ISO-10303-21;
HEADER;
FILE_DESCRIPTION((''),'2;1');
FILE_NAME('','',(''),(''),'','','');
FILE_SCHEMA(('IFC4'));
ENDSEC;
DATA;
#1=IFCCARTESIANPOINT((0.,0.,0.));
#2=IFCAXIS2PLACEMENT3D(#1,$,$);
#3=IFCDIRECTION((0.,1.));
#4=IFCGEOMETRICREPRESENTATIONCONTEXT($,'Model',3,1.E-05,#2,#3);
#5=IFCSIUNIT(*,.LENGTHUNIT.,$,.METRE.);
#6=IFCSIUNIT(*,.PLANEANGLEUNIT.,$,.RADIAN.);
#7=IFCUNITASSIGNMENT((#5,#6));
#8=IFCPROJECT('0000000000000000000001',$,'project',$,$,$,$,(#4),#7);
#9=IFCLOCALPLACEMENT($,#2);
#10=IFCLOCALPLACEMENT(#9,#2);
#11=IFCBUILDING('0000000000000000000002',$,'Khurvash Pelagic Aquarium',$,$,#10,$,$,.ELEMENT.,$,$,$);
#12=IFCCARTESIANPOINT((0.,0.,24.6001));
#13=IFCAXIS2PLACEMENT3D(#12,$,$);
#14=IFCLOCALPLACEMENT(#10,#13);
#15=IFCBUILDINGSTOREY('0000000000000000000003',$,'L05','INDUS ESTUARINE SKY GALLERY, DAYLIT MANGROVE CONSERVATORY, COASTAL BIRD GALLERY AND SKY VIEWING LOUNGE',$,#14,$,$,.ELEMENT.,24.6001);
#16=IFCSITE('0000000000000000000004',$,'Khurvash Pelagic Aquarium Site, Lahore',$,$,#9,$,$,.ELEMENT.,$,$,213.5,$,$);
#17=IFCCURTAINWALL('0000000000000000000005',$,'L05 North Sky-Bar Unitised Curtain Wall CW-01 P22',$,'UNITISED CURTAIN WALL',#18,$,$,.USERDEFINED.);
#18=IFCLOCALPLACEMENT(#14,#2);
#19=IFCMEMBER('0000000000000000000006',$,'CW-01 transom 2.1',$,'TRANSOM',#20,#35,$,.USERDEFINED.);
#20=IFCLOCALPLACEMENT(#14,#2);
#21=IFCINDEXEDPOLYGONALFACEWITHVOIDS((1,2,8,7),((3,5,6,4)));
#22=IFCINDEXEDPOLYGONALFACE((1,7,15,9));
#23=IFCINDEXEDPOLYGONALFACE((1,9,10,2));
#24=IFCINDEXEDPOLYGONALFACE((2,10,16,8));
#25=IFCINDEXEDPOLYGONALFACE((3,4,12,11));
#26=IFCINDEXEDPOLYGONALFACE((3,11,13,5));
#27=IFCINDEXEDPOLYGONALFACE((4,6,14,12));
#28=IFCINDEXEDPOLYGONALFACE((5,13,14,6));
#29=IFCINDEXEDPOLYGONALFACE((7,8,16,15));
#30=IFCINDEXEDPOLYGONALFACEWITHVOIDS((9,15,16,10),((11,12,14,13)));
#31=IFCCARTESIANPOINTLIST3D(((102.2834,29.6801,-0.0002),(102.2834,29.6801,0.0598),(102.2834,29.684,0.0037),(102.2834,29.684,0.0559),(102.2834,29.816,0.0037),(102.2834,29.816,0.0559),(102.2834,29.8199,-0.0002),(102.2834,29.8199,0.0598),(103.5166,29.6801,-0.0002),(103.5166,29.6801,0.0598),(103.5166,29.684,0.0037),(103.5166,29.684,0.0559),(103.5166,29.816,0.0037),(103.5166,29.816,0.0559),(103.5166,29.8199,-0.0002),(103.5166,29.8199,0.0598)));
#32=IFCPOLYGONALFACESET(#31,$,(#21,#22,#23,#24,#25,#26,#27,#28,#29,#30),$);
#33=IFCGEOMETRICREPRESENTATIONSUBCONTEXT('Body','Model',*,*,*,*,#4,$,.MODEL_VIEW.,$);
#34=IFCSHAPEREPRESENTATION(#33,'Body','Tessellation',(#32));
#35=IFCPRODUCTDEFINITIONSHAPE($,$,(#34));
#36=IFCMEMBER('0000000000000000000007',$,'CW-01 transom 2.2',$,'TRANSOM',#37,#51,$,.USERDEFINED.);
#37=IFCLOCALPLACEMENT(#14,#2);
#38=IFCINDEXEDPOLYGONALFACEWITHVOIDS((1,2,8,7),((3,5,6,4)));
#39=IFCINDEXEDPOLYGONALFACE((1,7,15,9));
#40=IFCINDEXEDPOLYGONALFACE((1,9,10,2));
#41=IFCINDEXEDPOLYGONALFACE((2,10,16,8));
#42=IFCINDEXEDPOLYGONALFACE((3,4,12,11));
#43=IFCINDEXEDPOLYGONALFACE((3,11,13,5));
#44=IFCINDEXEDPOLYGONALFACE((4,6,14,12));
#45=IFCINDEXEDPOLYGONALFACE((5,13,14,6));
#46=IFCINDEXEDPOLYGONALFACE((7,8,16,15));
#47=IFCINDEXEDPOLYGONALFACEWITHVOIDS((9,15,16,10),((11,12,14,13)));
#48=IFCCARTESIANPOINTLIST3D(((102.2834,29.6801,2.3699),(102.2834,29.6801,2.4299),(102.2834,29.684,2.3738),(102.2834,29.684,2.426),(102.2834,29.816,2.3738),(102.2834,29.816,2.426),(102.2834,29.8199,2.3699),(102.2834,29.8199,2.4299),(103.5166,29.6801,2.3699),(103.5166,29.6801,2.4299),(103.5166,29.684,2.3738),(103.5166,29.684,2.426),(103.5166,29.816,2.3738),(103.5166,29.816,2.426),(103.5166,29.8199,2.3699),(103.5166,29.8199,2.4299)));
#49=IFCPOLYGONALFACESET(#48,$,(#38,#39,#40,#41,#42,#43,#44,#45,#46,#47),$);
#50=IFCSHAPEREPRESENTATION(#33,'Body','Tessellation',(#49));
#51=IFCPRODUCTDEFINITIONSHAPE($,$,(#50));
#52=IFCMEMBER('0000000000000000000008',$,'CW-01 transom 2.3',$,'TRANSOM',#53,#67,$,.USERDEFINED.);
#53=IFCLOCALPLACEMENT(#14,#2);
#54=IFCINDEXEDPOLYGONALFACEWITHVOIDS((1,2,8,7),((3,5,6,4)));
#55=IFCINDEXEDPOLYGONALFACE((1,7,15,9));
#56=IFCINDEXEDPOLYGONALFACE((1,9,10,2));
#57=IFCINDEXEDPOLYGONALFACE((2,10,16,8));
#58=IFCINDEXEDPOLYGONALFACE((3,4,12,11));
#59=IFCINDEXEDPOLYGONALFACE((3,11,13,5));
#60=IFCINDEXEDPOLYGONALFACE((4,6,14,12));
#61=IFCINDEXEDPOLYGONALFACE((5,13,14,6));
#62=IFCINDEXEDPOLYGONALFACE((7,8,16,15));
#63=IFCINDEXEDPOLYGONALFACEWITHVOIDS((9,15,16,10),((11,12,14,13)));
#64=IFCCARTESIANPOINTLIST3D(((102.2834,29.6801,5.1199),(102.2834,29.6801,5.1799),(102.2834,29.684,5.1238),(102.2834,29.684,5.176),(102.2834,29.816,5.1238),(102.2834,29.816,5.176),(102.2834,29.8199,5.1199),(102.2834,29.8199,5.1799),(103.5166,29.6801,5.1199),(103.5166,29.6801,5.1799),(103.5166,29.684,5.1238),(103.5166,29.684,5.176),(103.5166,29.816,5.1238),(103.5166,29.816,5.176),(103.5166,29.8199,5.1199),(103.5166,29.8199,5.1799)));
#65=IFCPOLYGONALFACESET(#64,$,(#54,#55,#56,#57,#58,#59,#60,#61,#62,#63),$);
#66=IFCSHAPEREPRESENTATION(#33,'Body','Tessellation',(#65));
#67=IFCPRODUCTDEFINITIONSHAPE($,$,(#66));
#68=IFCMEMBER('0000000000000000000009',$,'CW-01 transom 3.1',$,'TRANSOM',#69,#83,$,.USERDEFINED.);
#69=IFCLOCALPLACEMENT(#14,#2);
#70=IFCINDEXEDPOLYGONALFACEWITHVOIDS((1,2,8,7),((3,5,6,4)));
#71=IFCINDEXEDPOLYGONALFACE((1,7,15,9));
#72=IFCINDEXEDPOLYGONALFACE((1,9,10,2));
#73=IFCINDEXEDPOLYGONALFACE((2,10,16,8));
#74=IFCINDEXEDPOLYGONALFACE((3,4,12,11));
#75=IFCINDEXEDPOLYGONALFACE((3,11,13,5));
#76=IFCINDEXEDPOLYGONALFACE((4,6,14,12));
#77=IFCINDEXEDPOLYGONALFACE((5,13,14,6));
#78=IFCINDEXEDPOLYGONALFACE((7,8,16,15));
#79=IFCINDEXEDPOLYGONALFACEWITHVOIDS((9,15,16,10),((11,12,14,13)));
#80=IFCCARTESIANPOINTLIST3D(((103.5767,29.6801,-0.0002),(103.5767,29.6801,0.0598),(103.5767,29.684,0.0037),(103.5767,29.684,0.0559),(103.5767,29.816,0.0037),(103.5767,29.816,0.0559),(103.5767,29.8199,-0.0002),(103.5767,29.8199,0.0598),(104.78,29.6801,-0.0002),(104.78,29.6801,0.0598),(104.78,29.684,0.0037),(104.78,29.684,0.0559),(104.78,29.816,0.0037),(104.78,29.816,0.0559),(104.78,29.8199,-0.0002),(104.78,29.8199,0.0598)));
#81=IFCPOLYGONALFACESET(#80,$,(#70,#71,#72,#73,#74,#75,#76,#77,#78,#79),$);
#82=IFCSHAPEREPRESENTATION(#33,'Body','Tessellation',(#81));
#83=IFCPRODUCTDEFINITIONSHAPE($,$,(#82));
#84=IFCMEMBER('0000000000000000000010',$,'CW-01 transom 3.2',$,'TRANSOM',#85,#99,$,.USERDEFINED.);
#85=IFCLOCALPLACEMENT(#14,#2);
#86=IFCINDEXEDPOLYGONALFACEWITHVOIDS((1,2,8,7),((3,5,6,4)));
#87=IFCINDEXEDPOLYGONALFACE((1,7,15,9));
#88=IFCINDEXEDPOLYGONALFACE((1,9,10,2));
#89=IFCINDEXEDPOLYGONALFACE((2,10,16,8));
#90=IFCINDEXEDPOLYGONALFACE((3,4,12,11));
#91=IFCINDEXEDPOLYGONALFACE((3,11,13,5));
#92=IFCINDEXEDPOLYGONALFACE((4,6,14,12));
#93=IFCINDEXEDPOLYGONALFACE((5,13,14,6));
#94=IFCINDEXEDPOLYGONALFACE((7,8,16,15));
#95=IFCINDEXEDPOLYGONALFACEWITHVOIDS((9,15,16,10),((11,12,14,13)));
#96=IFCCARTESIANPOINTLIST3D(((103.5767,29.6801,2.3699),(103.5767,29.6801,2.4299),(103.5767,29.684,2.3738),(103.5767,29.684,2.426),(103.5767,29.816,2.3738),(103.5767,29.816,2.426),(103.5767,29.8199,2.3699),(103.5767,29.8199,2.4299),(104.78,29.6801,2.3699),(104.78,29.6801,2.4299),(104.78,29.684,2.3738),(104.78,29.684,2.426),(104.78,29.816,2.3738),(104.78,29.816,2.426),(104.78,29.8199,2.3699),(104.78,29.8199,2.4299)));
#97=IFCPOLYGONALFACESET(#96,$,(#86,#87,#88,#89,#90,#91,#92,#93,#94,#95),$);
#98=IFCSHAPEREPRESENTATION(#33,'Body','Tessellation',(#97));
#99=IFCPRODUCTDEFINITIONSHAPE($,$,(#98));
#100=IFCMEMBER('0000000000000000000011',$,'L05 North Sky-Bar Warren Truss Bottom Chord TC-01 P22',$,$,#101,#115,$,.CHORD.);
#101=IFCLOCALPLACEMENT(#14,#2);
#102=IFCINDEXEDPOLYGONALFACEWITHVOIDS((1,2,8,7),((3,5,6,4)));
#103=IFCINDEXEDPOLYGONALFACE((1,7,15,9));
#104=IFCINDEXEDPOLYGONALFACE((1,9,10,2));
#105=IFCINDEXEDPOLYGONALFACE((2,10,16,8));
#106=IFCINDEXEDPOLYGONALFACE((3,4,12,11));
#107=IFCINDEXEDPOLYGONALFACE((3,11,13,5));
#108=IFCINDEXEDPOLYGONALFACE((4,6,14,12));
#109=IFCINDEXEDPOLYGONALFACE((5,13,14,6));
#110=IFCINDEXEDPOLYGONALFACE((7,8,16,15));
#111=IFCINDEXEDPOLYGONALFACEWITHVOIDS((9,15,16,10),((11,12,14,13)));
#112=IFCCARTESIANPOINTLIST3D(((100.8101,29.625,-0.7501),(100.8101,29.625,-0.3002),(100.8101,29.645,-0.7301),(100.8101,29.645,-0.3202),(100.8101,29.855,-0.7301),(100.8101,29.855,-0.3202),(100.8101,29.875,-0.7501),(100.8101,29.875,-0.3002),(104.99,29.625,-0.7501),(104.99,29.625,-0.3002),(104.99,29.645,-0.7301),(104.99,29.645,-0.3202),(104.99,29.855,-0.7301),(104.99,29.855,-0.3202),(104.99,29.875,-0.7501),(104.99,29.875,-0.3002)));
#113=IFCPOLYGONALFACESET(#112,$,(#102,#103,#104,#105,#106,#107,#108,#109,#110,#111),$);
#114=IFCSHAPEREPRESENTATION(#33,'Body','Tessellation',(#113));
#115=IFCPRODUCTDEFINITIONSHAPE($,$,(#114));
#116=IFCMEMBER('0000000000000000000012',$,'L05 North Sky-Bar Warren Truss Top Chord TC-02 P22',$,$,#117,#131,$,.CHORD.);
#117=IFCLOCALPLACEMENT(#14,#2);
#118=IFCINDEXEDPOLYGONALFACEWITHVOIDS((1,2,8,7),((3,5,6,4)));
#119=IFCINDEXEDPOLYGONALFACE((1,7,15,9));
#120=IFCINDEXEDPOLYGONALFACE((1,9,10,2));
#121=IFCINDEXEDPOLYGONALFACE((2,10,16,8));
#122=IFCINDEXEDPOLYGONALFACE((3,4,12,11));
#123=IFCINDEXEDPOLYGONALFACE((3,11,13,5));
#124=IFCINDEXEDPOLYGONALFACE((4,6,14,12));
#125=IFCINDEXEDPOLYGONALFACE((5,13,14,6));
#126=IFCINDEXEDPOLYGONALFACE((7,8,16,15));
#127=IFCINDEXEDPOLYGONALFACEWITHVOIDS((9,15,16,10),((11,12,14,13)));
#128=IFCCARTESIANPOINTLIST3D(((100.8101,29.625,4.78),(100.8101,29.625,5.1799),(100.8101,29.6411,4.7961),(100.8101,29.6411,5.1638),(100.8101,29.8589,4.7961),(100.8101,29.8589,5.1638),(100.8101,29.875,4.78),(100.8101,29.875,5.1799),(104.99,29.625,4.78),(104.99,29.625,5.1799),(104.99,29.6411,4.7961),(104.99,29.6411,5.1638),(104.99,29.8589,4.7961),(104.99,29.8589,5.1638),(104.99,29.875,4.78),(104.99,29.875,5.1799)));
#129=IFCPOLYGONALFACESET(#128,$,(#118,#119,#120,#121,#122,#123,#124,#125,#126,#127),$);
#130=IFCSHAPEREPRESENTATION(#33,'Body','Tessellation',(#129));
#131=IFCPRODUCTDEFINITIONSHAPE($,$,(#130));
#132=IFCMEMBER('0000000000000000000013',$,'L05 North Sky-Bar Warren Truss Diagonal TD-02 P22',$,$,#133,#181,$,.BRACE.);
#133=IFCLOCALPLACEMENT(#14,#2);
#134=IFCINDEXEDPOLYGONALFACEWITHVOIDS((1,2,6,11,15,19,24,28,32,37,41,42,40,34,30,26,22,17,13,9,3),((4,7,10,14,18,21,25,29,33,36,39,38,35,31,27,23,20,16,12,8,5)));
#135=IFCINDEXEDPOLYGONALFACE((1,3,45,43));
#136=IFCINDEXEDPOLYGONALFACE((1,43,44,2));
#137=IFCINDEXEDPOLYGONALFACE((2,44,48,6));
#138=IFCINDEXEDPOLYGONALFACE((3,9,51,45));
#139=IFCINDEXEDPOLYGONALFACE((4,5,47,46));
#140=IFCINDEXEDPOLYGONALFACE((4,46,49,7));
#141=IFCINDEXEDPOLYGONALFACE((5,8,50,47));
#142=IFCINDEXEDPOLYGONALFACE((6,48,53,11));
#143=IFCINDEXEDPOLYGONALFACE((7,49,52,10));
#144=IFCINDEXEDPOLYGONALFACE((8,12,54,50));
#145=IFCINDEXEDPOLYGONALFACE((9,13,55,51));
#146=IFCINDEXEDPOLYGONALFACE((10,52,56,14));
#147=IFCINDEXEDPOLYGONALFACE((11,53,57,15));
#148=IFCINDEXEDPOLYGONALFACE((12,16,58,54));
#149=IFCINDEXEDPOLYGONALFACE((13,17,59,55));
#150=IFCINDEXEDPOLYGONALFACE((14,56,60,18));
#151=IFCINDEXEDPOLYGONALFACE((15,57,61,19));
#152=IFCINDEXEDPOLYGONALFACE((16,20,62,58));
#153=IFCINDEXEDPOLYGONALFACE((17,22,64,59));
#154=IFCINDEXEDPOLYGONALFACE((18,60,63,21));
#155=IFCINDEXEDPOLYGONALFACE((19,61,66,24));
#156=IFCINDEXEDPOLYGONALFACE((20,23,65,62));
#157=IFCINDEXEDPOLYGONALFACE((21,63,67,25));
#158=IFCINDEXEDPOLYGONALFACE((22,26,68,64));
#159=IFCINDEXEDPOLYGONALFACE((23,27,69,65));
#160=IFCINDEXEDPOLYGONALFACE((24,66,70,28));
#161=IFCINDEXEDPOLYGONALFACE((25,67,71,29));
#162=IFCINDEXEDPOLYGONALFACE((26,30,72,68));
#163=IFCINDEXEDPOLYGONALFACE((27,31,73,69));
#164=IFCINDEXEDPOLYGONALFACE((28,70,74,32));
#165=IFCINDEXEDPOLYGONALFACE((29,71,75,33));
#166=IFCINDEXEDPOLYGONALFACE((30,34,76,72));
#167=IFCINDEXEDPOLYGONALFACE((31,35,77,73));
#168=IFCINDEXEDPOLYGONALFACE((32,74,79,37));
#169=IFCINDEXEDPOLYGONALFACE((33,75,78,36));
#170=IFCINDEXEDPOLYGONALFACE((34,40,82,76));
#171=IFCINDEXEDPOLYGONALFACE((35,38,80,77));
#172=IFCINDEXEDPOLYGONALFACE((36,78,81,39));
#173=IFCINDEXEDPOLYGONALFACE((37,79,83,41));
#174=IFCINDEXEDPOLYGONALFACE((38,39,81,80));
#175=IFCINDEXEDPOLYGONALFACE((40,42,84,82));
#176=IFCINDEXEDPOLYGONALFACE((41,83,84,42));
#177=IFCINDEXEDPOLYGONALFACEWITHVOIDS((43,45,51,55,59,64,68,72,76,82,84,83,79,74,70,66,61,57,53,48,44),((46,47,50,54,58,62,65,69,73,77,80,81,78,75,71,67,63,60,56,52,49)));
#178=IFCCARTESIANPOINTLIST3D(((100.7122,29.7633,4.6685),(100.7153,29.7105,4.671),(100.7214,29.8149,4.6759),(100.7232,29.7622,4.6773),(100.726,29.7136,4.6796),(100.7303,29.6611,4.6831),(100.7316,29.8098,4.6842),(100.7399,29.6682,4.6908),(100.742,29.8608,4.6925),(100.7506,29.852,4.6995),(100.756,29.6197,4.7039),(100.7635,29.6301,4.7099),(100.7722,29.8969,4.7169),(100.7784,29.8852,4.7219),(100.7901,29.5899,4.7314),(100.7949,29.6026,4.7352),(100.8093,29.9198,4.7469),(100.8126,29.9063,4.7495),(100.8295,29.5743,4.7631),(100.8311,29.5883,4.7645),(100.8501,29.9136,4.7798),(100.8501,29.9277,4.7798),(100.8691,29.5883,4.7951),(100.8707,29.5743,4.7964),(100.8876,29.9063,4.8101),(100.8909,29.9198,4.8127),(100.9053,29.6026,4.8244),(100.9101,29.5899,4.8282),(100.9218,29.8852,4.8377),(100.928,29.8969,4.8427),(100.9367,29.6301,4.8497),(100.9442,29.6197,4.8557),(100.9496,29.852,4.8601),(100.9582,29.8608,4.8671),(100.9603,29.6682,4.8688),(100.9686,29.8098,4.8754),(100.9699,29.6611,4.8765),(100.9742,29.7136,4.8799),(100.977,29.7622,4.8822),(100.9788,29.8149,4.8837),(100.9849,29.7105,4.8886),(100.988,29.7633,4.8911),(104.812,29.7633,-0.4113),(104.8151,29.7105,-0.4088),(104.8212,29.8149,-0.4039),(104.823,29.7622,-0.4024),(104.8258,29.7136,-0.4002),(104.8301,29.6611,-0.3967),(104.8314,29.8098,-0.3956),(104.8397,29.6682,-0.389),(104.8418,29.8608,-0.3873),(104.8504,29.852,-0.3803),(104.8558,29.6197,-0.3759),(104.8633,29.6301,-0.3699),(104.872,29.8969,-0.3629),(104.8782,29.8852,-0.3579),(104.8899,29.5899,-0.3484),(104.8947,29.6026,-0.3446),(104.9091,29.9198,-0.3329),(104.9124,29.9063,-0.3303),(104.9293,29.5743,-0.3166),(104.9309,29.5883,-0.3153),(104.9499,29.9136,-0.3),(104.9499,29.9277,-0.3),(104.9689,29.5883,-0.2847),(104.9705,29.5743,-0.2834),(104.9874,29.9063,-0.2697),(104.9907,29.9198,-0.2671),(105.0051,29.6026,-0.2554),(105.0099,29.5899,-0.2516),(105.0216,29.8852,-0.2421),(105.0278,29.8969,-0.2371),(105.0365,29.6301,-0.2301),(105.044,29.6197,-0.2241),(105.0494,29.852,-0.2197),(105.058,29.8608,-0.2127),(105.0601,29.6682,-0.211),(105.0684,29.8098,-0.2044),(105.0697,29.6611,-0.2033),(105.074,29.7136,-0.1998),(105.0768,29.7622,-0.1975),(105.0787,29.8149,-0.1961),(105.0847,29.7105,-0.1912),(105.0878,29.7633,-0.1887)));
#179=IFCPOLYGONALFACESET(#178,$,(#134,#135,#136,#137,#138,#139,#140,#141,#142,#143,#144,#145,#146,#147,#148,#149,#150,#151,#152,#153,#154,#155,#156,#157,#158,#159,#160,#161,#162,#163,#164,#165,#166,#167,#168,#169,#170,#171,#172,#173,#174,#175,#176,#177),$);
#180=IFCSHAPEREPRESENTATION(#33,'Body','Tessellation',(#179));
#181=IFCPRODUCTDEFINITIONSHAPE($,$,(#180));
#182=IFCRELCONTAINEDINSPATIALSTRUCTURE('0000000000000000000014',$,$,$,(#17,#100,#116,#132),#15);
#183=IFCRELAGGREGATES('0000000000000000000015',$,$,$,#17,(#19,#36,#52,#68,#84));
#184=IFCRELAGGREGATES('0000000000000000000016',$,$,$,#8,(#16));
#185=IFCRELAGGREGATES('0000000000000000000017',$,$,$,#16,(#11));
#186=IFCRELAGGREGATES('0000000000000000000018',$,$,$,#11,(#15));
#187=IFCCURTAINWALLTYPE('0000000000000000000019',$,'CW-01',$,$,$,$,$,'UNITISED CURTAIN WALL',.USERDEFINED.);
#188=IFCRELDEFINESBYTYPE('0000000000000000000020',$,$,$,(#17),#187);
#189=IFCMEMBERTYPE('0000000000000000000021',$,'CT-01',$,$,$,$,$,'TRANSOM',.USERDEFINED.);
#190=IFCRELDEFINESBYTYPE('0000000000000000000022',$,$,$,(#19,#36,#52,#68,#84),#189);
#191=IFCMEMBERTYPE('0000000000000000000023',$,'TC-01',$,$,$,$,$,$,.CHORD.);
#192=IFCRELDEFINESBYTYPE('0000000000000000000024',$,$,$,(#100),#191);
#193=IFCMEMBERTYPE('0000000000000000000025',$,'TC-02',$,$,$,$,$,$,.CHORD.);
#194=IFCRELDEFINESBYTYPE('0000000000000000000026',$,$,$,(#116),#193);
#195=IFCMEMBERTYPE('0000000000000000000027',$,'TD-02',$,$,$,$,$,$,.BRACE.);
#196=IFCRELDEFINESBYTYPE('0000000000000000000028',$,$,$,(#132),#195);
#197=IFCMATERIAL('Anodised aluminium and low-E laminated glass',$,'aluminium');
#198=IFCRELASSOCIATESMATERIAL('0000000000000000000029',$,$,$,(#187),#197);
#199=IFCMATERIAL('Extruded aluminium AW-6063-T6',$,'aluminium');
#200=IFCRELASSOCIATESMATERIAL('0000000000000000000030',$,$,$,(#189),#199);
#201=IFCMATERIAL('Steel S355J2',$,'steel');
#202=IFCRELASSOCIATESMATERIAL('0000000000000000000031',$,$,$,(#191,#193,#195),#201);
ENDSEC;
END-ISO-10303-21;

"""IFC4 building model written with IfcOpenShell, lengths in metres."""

from ifc_helpers import new_model, si_unit, direction, frame, origin, origin_2d, place, context, subcontext, project, spatial, hollow_rectangle, hollow_circle, extrude, material, material_profile, profile_set, type_object, element, aggregate, save


model = new_model("IFC4")

# Units and contexts
model_context = context("Model", 3, precision=1e-05, world=origin(), true_north=direction((0.0, 1.0)))
body_context = subcontext(model_context, "Body", "Model", "MODEL_VIEW")
ifc_project = project(units=[si_unit("LENGTHUNIT", "METRE"), si_unit("PLANEANGLEUNIT", "RADIAN")], contexts=[model_context])

# Site, building, storey
site_placement = place(None, origin())
site = spatial("IfcSite", under=ifc_project, at=site_placement, Name="Khurvash Pelagic Aquarium Site, Lahore", CompositionType="ELEMENT", RefElevation=213.5)
building_placement = place(site_placement, origin())
building = spatial("IfcBuilding", under=site, at=building_placement, Name="Khurvash Pelagic Aquarium", CompositionType="ELEMENT")
storey_placement = place(building_placement, frame((0.0, 0.0, 24.6001)))
storey = spatial("IfcBuildingStorey", under=building, at=storey_placement, Name="L05", Description="INDUS ESTUARINE SKY GALLERY, DAYLIT MANGROVE CONSERVATORY, COASTAL BIRD GALLERY AND SKY VIEWING LOUNGE", CompositionType="ELEMENT", Elevation=24.6001)

# Curtain wall
ifc_material_1 = material(Name="Anodised aluminium and low-E laminated glass", Category="aluminium")
curtain_wall_type = type_object("IfcCurtainWallType", Name="CW-01", ElementType="UNITISED CURTAIN WALL", PredefinedType="USERDEFINED", material=ifc_material_1)
ifc_material_2 = material(Name="Extruded aluminium AW-6063-T6", Category="aluminium")
curtain_wall_1_placement = place(storey_placement, origin())
curtain_wall_1 = element("IfcCurtainWall", 1, at=curtain_wall_1_placement, inside=storey, type_object=curtain_wall_type, Name="L05 North Sky-Bar Unitised Curtain Wall CW-01 P22", ObjectType="UNITISED CURTAIN WALL", PredefinedType="USERDEFINED")

# Members
ifc_material_profile_1 = material_profile(ifc_material_2, hollow_rectangle(XDim=0.1399, YDim=0.0601, WallThickness=0.0039, at=origin_2d()), Name="CWT140X60X4")
ifc_profile_set_1 = profile_set([ifc_material_profile_1], Name="Extruded aluminium AW-6063-T6")
member_type_1 = type_object("IfcMemberType", Name="CT-01", ElementType="TRANSOM", PredefinedType="USERDEFINED", material=ifc_profile_set_1)
member_1_placement = place(storey_placement, frame((102.2834, 29.75, 0.0298), z_axis=(1.0, 0.0, 0.0), x_axis=(0.0, 1.0, 0.0)))
member_1 = element("IfcMember", 2, at=member_1_placement, type_object=member_type_1, Name="CW-01 transom 2.1", ObjectType="TRANSOM", PredefinedType="USERDEFINED", context=body_context, shape_type="SweptSolid", body=[
    extrude(hollow_rectangle(XDim=0.1399, YDim=0.0601, WallThickness=0.0039, at=origin_2d()), origin(), (0.0, 0.0, 1.0), 1.2332),
])
member_2_placement = place(storey_placement, frame((102.2834, 29.75, 2.3999), z_axis=(1.0, 0.0, 0.0), x_axis=(0.0, 1.0, 0.0)))
member_2 = element("IfcMember", 3, at=member_2_placement, type_object=member_type_1, Name="CW-01 transom 2.2", ObjectType="TRANSOM", PredefinedType="USERDEFINED", context=body_context, shape_type="SweptSolid", body=[
    extrude(hollow_rectangle(XDim=0.1399, YDim=0.0601, WallThickness=0.0039, at=origin_2d()), origin(), (0.0, 0.0, 1.0), 1.2332),
])
member_3_placement = place(storey_placement, frame((102.2834, 29.75, 5.1499), z_axis=(1.0, 0.0, 0.0), x_axis=(0.0, 1.0, 0.0)))
member_3 = element("IfcMember", 4, at=member_3_placement, type_object=member_type_1, Name="CW-01 transom 2.3", ObjectType="TRANSOM", PredefinedType="USERDEFINED", context=body_context, shape_type="SweptSolid", body=[
    extrude(hollow_rectangle(XDim=0.1399, YDim=0.0601, WallThickness=0.0039, at=origin_2d()), origin(), (0.0, 0.0, 1.0), 1.2332),
])
member_4_placement = place(storey_placement, frame((103.5767, 29.75, 0.0298), z_axis=(1.0, 0.0, 0.0), x_axis=(0.0, 1.0, 0.0)))
member_4 = element("IfcMember", 5, at=member_4_placement, type_object=member_type_1, Name="CW-01 transom 3.1", ObjectType="TRANSOM", PredefinedType="USERDEFINED", context=body_context, shape_type="SweptSolid", body=[
    extrude(hollow_rectangle(XDim=0.1399, YDim=0.0601, WallThickness=0.0039, at=origin_2d()), origin(), (0.0, 0.0, 1.0), 1.2034),
])
member_5_placement = place(storey_placement, frame((103.5767, 29.75, 2.3999), z_axis=(1.0, 0.0, 0.0), x_axis=(0.0, 1.0, 0.0)))
member_5 = element("IfcMember", 6, at=member_5_placement, type_object=member_type_1, Name="CW-01 transom 3.2", ObjectType="TRANSOM", PredefinedType="USERDEFINED", context=body_context, shape_type="SweptSolid", body=[
    extrude(hollow_rectangle(XDim=0.1399, YDim=0.0601, WallThickness=0.0039, at=origin_2d()), origin(), (0.0, 0.0, 1.0), 1.2034),
])

# Members
ifc_material_3 = material(Name="Steel S355J2", Category="steel")
ifc_material_profile_2 = material_profile(ifc_material_3, hollow_rectangle(XDim=0.25, YDim=0.45, WallThickness=0.02, at=origin_2d()), Name="RHS450X250X20")
ifc_profile_set_2 = profile_set([ifc_material_profile_2], Name="Steel S355J2")
member_type_2 = type_object("IfcMemberType", Name="TC-01", PredefinedType="CHORD", material=ifc_profile_set_2)
member_6_placement = place(storey_placement, frame((100.8101, 29.75, -0.5251), z_axis=(1.0, 0.0, 0.0), x_axis=(0.0, 1.0, 0.0)))
element("IfcMember", 7, at=member_6_placement, inside=storey, type_object=member_type_2, Name="L05 North Sky-Bar Warren Truss Bottom Chord TC-01 P22", PredefinedType="CHORD", context=body_context, shape_type="SweptSolid", body=[
    extrude(hollow_rectangle(XDim=0.25, YDim=0.45, WallThickness=0.02, at=origin_2d()), origin(), (0.0, 0.0, 1.0), 4.1799),
])
ifc_material_profile_3 = material_profile(ifc_material_3, hollow_rectangle(XDim=0.25, YDim=0.3999, WallThickness=0.0161, at=origin_2d()), Name="RHS400X250X16")
ifc_profile_set_3 = profile_set([ifc_material_profile_3], Name="Steel S355J2")
member_type_3 = type_object("IfcMemberType", Name="TC-02", PredefinedType="CHORD", material=ifc_profile_set_3)
member_7_placement = place(storey_placement, frame((100.8101, 29.75, 4.98), z_axis=(1.0, 0.0, 0.0), x_axis=(0.0, 1.0, 0.0)))
element("IfcMember", 8, at=member_7_placement, inside=storey, type_object=member_type_3, Name="L05 North Sky-Bar Warren Truss Top Chord TC-02 P22", PredefinedType="CHORD", context=body_context, shape_type="SweptSolid", body=[
    extrude(hollow_rectangle(XDim=0.25, YDim=0.3999, WallThickness=0.0161, at=origin_2d()), origin(), (0.0, 0.0, 1.0), 4.1799),
])
ifc_material_profile_4 = material_profile(ifc_material_3, hollow_circle(Radius=0.1777, WallThickness=0.0142, at=origin_2d()), Name="CHS355X14")
ifc_profile_set_4 = profile_set([ifc_material_profile_4], Name="Steel S355J2")
member_type_4 = type_object("IfcMemberType", Name="TD-02", PredefinedType="BRACE", material=ifc_profile_set_4)
member_8_placement = place(storey_placement, frame((100.8501, 29.75, 4.7798), z_axis=(0.628051, 0.0, -0.778172), x_axis=(0.0, 1.0, 0.0)))
element("IfcMember", 9, at=member_8_placement, inside=storey, type_object=member_type_4, Name="L05 North Sky-Bar Warren Truss Diagonal TD-02 P22", PredefinedType="BRACE", context=body_context, shape_type="SweptSolid", body=[
    extrude(hollow_circle(Radius=0.1777, WallThickness=0.0142, at=origin_2d()), origin(), (0.0, 0.0, 1.0), 6.5278),
])

aggregate(curtain_wall_1, [member_1, member_2, member_3, member_4, member_5])

save(model, "model.ifc")
